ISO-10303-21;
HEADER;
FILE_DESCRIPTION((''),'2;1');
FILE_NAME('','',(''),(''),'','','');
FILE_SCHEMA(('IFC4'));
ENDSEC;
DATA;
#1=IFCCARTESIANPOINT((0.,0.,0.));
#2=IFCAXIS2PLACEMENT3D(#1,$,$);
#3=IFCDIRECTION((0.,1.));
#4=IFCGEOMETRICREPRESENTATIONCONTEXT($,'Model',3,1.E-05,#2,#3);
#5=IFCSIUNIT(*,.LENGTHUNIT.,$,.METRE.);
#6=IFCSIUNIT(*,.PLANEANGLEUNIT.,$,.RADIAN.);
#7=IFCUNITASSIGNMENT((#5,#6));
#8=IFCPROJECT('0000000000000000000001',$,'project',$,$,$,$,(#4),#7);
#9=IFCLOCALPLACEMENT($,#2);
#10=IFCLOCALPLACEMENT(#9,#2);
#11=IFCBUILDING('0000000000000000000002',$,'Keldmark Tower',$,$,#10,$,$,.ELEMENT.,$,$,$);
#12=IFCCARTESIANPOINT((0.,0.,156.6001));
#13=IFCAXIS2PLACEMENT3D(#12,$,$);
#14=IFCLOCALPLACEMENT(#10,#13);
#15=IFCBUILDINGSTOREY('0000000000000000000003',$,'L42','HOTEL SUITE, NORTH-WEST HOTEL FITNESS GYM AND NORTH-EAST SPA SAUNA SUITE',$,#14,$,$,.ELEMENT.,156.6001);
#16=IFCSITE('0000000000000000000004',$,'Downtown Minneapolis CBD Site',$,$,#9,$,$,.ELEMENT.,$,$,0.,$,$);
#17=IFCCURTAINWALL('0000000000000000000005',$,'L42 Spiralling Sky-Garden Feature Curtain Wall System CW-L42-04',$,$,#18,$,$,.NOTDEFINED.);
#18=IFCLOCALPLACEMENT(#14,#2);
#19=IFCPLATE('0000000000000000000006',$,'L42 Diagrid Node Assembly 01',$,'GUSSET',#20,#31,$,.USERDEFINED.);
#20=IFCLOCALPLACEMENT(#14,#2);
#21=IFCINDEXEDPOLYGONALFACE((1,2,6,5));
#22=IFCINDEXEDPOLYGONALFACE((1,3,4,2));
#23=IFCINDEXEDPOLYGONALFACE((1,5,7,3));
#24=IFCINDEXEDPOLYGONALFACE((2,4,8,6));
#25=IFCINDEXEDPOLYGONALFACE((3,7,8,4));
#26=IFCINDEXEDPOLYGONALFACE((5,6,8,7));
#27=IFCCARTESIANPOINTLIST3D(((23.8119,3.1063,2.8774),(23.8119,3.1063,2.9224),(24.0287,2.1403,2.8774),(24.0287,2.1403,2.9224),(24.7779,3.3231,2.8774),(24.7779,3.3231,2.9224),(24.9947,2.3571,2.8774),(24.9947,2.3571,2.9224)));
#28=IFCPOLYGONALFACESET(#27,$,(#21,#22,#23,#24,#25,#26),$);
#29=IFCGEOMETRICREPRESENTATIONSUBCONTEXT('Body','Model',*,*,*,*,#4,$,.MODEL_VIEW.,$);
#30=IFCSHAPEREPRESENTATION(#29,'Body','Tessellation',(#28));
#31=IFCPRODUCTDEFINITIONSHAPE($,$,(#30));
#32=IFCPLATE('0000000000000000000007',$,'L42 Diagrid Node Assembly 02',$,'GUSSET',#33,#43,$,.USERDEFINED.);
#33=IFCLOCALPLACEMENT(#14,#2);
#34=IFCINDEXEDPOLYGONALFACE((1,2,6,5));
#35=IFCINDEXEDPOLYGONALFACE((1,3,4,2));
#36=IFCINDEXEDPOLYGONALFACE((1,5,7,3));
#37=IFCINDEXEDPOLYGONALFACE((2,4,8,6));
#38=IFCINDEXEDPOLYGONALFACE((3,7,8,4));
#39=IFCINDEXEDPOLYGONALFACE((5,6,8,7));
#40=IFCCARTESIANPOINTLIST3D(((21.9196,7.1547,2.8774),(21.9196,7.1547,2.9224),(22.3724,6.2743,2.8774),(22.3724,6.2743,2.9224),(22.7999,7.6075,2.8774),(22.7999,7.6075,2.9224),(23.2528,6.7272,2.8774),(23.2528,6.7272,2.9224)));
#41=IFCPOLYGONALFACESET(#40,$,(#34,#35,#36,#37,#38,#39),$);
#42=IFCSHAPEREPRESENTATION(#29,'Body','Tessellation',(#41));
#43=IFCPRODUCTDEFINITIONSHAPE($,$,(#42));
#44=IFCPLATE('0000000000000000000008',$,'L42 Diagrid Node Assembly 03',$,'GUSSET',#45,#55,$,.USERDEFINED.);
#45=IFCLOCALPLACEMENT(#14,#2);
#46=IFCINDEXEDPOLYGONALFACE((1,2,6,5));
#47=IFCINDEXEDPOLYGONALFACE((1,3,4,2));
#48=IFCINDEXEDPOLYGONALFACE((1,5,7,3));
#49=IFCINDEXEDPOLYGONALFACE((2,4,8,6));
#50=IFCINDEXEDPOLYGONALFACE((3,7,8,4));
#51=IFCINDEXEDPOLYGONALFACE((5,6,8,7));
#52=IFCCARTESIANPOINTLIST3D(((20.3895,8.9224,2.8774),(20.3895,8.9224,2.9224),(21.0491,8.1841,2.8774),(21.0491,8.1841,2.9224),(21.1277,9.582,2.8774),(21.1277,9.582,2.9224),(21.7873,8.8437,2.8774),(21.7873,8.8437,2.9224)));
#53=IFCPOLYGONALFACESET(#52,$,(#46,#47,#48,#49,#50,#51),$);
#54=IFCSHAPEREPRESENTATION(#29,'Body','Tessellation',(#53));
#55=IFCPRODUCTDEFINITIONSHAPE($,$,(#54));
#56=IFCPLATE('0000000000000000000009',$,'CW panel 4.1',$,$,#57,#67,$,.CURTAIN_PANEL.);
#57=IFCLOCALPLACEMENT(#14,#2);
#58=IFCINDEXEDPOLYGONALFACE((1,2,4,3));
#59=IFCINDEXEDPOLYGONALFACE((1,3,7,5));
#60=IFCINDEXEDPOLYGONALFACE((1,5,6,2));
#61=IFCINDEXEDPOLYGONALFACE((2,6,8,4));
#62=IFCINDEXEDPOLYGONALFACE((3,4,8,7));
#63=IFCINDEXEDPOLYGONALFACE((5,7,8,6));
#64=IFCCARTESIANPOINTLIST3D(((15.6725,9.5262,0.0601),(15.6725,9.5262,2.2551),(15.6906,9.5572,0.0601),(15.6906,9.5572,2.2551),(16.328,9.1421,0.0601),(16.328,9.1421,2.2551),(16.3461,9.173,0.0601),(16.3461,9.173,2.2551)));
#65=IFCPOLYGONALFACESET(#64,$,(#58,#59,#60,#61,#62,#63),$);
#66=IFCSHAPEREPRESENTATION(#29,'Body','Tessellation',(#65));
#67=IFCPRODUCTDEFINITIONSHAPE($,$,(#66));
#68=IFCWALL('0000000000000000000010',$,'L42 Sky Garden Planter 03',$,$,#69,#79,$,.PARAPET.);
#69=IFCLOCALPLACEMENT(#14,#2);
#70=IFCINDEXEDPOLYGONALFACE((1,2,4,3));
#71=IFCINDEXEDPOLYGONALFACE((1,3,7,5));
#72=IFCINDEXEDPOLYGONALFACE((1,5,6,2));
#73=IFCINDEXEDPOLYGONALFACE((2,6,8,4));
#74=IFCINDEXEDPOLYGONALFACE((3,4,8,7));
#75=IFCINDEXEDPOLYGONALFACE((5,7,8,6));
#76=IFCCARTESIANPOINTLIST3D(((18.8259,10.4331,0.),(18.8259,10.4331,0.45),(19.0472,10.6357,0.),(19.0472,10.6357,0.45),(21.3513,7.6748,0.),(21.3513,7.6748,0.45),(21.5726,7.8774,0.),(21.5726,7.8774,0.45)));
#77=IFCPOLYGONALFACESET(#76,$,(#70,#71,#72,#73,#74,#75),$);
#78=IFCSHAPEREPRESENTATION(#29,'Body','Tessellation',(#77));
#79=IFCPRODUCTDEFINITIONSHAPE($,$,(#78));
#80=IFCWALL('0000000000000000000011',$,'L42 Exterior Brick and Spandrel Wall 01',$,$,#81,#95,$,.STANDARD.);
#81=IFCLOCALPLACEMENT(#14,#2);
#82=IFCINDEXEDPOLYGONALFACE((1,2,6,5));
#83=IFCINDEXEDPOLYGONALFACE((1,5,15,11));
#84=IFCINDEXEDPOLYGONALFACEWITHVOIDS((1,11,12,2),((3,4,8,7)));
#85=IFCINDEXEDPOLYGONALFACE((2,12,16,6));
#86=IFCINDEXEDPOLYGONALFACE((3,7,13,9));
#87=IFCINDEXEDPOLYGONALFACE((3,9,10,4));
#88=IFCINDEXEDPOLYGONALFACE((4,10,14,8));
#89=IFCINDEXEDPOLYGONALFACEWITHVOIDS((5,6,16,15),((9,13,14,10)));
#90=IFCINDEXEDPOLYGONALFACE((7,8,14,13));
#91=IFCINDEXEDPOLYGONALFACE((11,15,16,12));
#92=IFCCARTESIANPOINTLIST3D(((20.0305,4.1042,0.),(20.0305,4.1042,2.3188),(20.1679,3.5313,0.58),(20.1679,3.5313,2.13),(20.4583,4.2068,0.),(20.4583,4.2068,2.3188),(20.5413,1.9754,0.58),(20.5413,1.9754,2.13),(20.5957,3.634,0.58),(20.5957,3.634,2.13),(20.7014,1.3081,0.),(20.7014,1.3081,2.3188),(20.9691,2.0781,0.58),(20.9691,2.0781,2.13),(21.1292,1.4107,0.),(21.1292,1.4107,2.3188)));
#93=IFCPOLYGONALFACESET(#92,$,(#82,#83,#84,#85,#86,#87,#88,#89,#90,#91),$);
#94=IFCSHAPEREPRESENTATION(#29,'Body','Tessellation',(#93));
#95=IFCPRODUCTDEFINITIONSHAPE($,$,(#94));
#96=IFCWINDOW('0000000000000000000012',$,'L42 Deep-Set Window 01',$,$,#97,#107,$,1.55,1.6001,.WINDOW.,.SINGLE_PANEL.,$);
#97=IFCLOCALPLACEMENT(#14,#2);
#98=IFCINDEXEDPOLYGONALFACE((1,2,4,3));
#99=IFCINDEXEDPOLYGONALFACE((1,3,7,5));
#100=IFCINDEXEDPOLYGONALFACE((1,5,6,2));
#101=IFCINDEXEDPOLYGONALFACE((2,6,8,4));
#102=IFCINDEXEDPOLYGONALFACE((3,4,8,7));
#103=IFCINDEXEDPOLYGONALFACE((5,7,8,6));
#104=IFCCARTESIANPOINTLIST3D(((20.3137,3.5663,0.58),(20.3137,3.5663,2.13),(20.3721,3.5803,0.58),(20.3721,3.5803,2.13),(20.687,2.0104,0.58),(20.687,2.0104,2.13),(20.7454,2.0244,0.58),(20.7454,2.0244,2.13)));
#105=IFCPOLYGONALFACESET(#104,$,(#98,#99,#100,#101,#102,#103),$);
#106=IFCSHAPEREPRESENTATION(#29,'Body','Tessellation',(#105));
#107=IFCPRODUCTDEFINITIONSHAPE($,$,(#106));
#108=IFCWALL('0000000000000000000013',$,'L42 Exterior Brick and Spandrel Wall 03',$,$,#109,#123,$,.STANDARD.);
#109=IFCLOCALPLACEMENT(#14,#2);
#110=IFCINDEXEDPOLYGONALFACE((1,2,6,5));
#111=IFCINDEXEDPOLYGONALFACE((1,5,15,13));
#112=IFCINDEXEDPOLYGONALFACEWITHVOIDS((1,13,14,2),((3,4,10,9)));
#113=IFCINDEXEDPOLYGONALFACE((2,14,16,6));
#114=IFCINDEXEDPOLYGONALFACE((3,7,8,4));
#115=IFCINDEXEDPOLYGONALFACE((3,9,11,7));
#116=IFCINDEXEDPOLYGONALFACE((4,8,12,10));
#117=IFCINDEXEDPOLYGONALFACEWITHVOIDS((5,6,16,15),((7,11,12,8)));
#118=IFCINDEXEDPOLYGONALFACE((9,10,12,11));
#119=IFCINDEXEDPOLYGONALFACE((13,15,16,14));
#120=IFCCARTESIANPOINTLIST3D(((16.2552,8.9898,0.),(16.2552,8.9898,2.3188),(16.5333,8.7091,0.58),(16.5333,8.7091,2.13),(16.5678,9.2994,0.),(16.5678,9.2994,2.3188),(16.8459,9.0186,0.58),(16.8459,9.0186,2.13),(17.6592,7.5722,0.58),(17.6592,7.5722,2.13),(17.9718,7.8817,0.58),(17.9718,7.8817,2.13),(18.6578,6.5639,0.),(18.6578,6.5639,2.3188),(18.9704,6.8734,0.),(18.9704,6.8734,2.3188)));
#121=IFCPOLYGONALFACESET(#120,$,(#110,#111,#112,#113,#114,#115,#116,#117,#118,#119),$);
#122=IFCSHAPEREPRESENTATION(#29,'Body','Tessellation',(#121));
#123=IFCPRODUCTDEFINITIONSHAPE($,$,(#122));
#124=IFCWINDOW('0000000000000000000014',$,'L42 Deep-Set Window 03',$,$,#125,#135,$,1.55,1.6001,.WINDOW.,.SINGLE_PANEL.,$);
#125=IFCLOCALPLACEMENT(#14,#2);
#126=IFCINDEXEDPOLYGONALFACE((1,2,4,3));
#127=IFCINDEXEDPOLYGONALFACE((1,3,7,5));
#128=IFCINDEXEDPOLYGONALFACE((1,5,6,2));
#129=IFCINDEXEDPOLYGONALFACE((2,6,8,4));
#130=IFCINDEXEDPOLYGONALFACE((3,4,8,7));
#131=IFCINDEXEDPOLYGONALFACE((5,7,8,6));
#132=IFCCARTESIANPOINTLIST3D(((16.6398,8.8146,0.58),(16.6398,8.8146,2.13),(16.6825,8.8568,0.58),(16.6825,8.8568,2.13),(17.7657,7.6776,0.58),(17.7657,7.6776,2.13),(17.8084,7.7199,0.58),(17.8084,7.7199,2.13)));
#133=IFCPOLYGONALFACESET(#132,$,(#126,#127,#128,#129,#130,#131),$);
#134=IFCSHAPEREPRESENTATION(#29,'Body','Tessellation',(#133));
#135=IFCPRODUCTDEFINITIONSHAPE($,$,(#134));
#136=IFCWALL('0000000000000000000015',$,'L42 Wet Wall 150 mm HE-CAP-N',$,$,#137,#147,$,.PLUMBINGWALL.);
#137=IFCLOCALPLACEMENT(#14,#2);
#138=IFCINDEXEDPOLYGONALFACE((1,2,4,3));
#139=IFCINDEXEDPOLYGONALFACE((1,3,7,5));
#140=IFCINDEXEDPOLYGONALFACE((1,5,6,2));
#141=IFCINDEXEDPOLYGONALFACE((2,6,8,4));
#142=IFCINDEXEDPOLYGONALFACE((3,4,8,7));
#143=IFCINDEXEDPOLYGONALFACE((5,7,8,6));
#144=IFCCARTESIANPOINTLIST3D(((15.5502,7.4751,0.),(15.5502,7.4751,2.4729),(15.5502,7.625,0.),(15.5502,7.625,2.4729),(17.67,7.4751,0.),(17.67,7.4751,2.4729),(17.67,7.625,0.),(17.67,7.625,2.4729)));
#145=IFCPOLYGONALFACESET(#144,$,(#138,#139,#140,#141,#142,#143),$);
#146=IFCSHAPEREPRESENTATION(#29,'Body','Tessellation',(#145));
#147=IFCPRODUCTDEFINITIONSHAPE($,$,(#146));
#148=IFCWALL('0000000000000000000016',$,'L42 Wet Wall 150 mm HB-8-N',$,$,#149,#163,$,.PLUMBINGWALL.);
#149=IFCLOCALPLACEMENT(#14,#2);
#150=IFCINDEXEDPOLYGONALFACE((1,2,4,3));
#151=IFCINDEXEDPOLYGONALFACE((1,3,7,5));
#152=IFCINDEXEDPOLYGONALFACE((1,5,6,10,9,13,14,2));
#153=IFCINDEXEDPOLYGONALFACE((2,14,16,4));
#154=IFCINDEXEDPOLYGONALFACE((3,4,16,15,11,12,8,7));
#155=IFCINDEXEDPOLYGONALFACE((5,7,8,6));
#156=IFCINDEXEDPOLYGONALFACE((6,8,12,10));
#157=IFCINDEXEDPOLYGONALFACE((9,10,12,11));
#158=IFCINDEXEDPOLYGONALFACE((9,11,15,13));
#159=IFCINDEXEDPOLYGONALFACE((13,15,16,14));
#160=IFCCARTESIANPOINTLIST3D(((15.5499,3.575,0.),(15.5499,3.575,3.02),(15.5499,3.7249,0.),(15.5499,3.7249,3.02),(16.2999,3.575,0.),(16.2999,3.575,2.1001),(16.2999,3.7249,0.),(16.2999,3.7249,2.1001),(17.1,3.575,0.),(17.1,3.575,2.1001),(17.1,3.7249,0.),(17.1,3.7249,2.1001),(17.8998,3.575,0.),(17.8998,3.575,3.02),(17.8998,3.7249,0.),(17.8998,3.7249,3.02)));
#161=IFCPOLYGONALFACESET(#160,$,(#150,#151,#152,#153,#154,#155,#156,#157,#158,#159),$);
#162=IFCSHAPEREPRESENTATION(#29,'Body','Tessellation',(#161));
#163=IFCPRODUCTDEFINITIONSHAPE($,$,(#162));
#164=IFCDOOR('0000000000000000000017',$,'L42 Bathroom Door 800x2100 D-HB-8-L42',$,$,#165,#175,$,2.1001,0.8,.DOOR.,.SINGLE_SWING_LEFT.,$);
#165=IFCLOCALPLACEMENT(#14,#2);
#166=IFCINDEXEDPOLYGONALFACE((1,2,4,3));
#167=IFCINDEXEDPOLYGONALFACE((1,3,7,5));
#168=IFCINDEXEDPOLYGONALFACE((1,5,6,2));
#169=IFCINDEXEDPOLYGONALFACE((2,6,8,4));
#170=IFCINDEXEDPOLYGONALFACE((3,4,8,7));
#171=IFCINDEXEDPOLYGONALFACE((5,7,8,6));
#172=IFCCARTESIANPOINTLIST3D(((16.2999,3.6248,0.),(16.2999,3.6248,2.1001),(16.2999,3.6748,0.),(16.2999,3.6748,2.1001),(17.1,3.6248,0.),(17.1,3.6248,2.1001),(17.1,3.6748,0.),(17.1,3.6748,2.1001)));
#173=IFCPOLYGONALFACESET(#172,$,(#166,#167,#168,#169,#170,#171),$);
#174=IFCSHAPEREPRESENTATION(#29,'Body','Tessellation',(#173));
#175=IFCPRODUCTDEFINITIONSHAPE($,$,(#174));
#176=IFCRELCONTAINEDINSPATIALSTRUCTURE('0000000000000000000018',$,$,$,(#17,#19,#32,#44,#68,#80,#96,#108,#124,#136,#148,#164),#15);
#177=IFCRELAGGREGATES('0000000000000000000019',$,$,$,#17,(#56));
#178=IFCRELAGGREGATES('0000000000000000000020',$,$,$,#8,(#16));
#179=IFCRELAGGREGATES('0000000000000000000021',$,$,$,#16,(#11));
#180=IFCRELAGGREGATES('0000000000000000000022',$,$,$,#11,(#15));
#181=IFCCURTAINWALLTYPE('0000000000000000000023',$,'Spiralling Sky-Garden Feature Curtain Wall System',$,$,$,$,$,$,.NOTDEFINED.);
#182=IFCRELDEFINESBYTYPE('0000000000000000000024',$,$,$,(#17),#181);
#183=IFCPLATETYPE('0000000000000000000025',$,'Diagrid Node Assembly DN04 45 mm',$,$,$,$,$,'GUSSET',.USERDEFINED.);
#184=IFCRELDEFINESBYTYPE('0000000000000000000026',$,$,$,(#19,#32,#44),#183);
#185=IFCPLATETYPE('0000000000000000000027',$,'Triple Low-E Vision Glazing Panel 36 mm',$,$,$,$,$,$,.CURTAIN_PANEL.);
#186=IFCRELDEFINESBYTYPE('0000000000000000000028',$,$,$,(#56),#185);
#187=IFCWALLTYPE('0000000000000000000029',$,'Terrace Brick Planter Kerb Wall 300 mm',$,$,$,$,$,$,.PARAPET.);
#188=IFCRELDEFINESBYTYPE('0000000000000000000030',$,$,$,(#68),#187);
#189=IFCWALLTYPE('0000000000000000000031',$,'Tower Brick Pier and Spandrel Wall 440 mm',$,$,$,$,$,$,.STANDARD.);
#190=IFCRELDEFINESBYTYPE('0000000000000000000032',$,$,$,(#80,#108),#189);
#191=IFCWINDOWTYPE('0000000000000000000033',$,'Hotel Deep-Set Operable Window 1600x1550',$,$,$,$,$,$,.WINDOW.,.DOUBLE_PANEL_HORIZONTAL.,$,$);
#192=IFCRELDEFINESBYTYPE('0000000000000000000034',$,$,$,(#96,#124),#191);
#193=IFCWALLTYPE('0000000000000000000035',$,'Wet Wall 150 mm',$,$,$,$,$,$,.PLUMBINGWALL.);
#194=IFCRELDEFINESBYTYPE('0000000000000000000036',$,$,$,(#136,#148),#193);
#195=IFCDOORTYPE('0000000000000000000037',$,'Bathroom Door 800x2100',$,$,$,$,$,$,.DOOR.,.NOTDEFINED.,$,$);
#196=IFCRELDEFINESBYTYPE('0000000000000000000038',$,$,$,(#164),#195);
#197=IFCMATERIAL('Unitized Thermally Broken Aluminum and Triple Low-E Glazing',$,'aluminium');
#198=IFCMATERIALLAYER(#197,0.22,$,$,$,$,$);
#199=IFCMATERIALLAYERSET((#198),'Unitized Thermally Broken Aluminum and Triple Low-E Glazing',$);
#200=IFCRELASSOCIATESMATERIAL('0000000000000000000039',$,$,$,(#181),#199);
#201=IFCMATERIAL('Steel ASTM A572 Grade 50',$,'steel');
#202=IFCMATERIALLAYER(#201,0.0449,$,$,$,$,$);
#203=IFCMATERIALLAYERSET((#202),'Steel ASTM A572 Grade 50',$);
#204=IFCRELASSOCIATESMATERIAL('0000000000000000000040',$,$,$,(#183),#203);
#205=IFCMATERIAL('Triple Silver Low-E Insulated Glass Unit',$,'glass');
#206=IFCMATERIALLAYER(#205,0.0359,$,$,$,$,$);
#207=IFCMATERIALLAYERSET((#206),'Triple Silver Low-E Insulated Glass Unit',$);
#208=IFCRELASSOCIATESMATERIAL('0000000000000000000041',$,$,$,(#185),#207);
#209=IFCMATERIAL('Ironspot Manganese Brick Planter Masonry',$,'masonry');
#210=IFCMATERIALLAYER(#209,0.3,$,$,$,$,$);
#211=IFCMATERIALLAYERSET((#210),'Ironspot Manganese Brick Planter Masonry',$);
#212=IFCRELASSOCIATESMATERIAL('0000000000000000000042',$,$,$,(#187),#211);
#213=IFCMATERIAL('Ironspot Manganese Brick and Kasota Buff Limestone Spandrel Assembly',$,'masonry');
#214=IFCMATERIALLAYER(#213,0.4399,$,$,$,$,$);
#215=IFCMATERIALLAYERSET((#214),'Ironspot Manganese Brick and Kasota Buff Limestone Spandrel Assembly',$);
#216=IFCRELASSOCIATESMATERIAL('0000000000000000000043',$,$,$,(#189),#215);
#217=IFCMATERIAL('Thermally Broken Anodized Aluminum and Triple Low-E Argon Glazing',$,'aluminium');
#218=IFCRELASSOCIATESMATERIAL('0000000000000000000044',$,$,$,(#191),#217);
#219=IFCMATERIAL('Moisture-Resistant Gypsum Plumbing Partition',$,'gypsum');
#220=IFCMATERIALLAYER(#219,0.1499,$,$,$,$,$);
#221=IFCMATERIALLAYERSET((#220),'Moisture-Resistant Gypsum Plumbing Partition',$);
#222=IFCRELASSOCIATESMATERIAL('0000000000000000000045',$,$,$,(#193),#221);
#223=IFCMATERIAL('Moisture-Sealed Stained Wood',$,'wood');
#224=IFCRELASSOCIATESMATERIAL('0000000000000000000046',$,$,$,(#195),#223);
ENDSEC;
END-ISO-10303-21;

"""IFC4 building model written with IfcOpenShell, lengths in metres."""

from ifc_helpers import new_model, si_unit, direction, frame, frame_2d, origin, origin_2d, place, context, subcontext, project, spatial, rectangle, extrude, material, layer, layer_set, type_object, element, fill, aggregate, save


model = new_model("IFC4")

# Units and contexts
model_context = context("Model", 3, precision=1e-05, world=origin(), true_north=direction((0.0, 1.0)))
body_context = subcontext(model_context, "Body", "Model", "MODEL_VIEW")
ifc_project = project(units=[si_unit("LENGTHUNIT", "METRE"), si_unit("PLANEANGLEUNIT", "RADIAN")], contexts=[model_context])

# Site, building, storey
site_placement = place(None, origin())
site = spatial("IfcSite", under=ifc_project, at=site_placement, Name="Downtown Minneapolis CBD Site", CompositionType="ELEMENT", RefElevation=0.0)
building_placement = place(site_placement, origin())
building = spatial("IfcBuilding", under=site, at=building_placement, Name="Keldmark Tower", CompositionType="ELEMENT")
storey_placement = place(building_placement, frame((0.0, 0.0, 156.6001)))
storey = spatial("IfcBuildingStorey", under=building, at=storey_placement, Name="L42", Description="HOTEL SUITE, NORTH-WEST HOTEL FITNESS GYM AND NORTH-EAST SPA SAUNA SUITE", CompositionType="ELEMENT", Elevation=156.6001)

# Curtain wall
ifc_material_1 = material(Name="Unitized Thermally Broken Aluminum and Triple Low-E Glazing", Category="aluminium")
ifc_layer_1 = layer(ifc_material_1, 0.22)
ifc_layer_set_1 = layer_set([ifc_layer_1], Name="Unitized Thermally Broken Aluminum and Triple Low-E Glazing")
curtain_wall_type = type_object("IfcCurtainWallType", Name="Spiralling Sky-Garden Feature Curtain Wall System", PredefinedType="NOTDEFINED", material=ifc_layer_set_1)
curtain_wall_placement = place(storey_placement, origin())
curtain_wall = element("IfcCurtainWall", 1, at=curtain_wall_placement, inside=storey, type_object=curtain_wall_type, Name="L42 Spiralling Sky-Garden Feature Curtain Wall System CW-L42-04", PredefinedType="NOTDEFINED")

# Plates
ifc_material_2 = material(Name="Steel ASTM A572 Grade 50", Category="steel")
ifc_layer_2 = layer(ifc_material_2, 0.0449)
ifc_layer_set_2 = layer_set([ifc_layer_2], Name="Steel ASTM A572 Grade 50")
plate_type_1 = type_object("IfcPlateType", Name="Diagrid Node Assembly DN04 45 mm", ElementType="GUSSET", PredefinedType="USERDEFINED", material=ifc_layer_set_2)
for number, where, z_axis, x_axis, name in (
    (2, (24.4033, 2.7317, 2.8774), (0.0, 0.0, 1.0), (-0.218995, 0.975726, 0.0), "L42 Diagrid Node Assembly 01"),
    (3, (22.5862, 6.9409, 2.8774), (0.0, 0.0, 1.0), (-0.457408, 0.889257, 0.0), "L42 Diagrid Node Assembly 02"),
    (4, (21.0884, 8.8831, 2.8774), (0.0, 0.0, 1.0), (-0.666272, 0.745709, 0.0), "L42 Diagrid Node Assembly 03"),
):
    element("IfcPlate", number, at=place(storey_placement, frame(where, z_axis=z_axis, x_axis=x_axis)), inside=storey, type_object=plate_type_1, Name=name, ObjectType="GUSSET", PredefinedType="USERDEFINED", context=body_context, shape_type="SweptSolid", body=[
        extrude(rectangle(XDim=0.99, YDim=0.99, at=origin_2d()), origin(), (0.0, 0.0, 1.0), 0.0449),
    ])

# Plate
ifc_material_3 = material(Name="Triple Silver Low-E Insulated Glass Unit", Category="glass")
ifc_layer_3 = layer(ifc_material_3, 0.0359)
ifc_layer_set_3 = layer_set([ifc_layer_3], Name="Triple Silver Low-E Insulated Glass Unit")
plate_type_2 = type_object("IfcPlateType", Name="Triple Low-E Vision Glazing Panel 36 mm", PredefinedType="CURTAIN_PANEL", material=ifc_layer_set_3)
plate_placement = place(storey_placement, frame((16.0093, 9.3496, 0.0601), z_axis=(0.0, 0.0, 1.0), x_axis=(0.862763, -0.505608, 0.0)))
plate = element("IfcPlate", 5, at=plate_placement, type_object=plate_type_2, Name="CW panel 4.1", PredefinedType="CURTAIN_PANEL", context=body_context, shape_type="SweptSolid", body=[
    extrude(rectangle(XDim=0.7598, YDim=0.0359, at=origin_2d()), origin(), (0.0, 0.0, 1.0), 2.1951),
])
aggregate(curtain_wall, [plate])

# Wall
ifc_material_4 = material(Name="Ironspot Manganese Brick Planter Masonry", Category="masonry")
ifc_layer_4 = layer(ifc_material_4, 0.3)
ifc_layer_set_4 = layer_set([ifc_layer_4], Name="Ironspot Manganese Brick Planter Masonry")
wall_type_1 = type_object("IfcWallType", Name="Terrace Brick Planter Kerb Wall 300 mm", PredefinedType="PARAPET", material=ifc_layer_set_4)
wall_1_placement = place(storey_placement, frame((21.4619, 7.7761, 0.0), z_axis=(0.0, 0.0, 1.0), x_axis=(-0.675281, 0.73756, 0.0)))
element("IfcWall", 6, at=wall_1_placement, inside=storey, type_object=wall_type_1, Name="L42 Sky Garden Planter 03", PredefinedType="PARAPET", context=body_context, shape_type="SweptSolid", body=[
    extrude(rectangle(XDim=3.7397, YDim=0.3, at=frame_2d((1.8699, 0.0))), origin(), (0.0, 0.0, 1.0), 0.45),
])

# Wall, opening, window
ifc_material_5 = material(Name="Ironspot Manganese Brick and Kasota Buff Limestone Spandrel Assembly", Category="masonry")
ifc_layer_5 = layer(ifc_material_5, 0.4399)
ifc_layer_set_5 = layer_set([ifc_layer_5], Name="Ironspot Manganese Brick and Kasota Buff Limestone Spandrel Assembly")
wall_type_2 = type_object("IfcWallType", Name="Tower Brick Pier and Spandrel Wall 440 mm", PredefinedType="STANDARD", material=ifc_layer_set_5)
wall_2_placement = place(storey_placement, frame((20.2444, 4.1555, 0.0), z_axis=(0.0, 0.0, 1.0), x_axis=(0.233315, -0.972401, 0.0)))
wall_2 = element("IfcWall", 7, at=wall_2_placement, inside=storey, type_object=wall_type_2, Name="L42 Exterior Brick and Spandrel Wall 01", PredefinedType="STANDARD", context=body_context, shape_type="SweptSolid", body=[
    extrude(rectangle(XDim=2.8755, YDim=0.4399, at=frame_2d((1.4377, 0.0))), origin(), (0.0, 0.0, 1.0), 2.3188),
])
opening_1_placement = place(wall_2_placement, frame((0.5891, 0.0, 0.5801)))
opening_1 = element("IfcOpeningElement", 8, at=opening_1_placement, cuts=wall_2, PredefinedType="OPENING", context=body_context, shape_type="SweptSolid", body=[
    extrude(rectangle(XDim=1.6001, YDim=1.55, at=frame_2d((0.8, 0.7749))), frame((0.0, 0.23, 0.0), z_axis=(0.0, -1.0, 0.0), x_axis=(1.0, 0.0, 0.0)), (0.0, 0.0, 1.0), 0.46),
])
ifc_material_6 = material(Name="Thermally Broken Anodized Aluminum and Triple Low-E Argon Glazing", Category="aluminium")
window_type = type_object("IfcWindowType", Name="Hotel Deep-Set Operable Window 1600x1550", PartitioningType="DOUBLE_PANEL_HORIZONTAL", PredefinedType="WINDOW", material=ifc_material_6)
window_1_placement = place(opening_1_placement, origin())
window_1 = element("IfcWindow", 9, at=window_1_placement, inside=storey, type_object=window_type, Name="L42 Deep-Set Window 01", OverallHeight=1.55, OverallWidth=1.6001, PartitioningType="SINGLE_PANEL", PredefinedType="WINDOW", context=body_context, shape_type="SweptSolid", body=[
    extrude(rectangle(XDim=1.6001, YDim=1.55, at=frame_2d((0.8, 0.7749))), frame((0.0, -0.01, 0.0), z_axis=(0.0, -1.0, 0.0), x_axis=(1.0, 0.0, 0.0)), (0.0, 0.0, 1.0), 0.0601),
])
fill(opening_1, window_1)

# Wall, opening, window
wall_3_placement = place(storey_placement, frame((16.4116, 9.1445, 0.0), z_axis=(0.0, 0.0, 1.0), x_axis=(0.703666, -0.710531, 0.0)))
wall_3 = element("IfcWall", 10, at=wall_3_placement, inside=storey, type_object=wall_type_2, Name="L42 Exterior Brick and Spandrel Wall 03", PredefinedType="STANDARD", context=body_context, shape_type="SweptSolid", body=[
    extrude(rectangle(XDim=3.4143, YDim=0.4399, at=frame_2d((1.707, 0.0))), origin(), (0.0, 0.0, 1.0), 2.3188),
])
opening_2_placement = place(wall_3_placement, frame((0.395, 0.0, 0.5801)))
opening_2 = element("IfcOpeningElement", 11, at=opening_2_placement, cuts=wall_3, PredefinedType="OPENING", context=body_context, shape_type="SweptSolid", body=[
    extrude(rectangle(XDim=1.6001, YDim=1.55, at=frame_2d((0.8, 0.7749))), frame((0.0, 0.23, 0.0), z_axis=(0.0, -1.0, 0.0), x_axis=(1.0, 0.0, 0.0)), (0.0, 0.0, 1.0), 0.46),
])
window_2_placement = place(opening_2_placement, origin())
window_2 = element("IfcWindow", 12, at=window_2_placement, inside=storey, type_object=window_type, Name="L42 Deep-Set Window 03", OverallHeight=1.55, OverallWidth=1.6001, PartitioningType="SINGLE_PANEL", PredefinedType="WINDOW", context=body_context, shape_type="SweptSolid", body=[
    extrude(rectangle(XDim=1.6001, YDim=1.55, at=frame_2d((0.8, 0.7749))), frame((0.0, -0.01, 0.0), z_axis=(0.0, -1.0, 0.0), x_axis=(1.0, 0.0, 0.0)), (0.0, 0.0, 1.0), 0.0601),
])
fill(opening_2, window_2)

# Wall
ifc_material_7 = material(Name="Moisture-Resistant Gypsum Plumbing Partition", Category="gypsum")
ifc_layer_6 = layer(ifc_material_7, 0.1499)
ifc_layer_set_6 = layer_set([ifc_layer_6], Name="Moisture-Resistant Gypsum Plumbing Partition")
wall_type_3 = type_object("IfcWallType", Name="Wet Wall 150 mm", PredefinedType="PLUMBINGWALL", material=ifc_layer_set_6)
wall_4_placement = place(storey_placement, frame((15.55, 7.55, 0.0), z_axis=(0.0, 0.0, 1.0), x_axis=(1.0, 0.0, 0.0)))
element("IfcWall", 13, at=wall_4_placement, inside=storey, type_object=wall_type_3, Name="L42 Wet Wall 150 mm HE-CAP-N", PredefinedType="PLUMBINGWALL", context=body_context, shape_type="SweptSolid", body=[
    extrude(rectangle(XDim=2.1199, YDim=0.1499, at=frame_2d((1.0601, 0.0))), origin(), (0.0, 0.0, 1.0), 2.4729),
])

# Wall, opening, door
wall_5_placement = place(storey_placement, frame((15.55, 3.6499, 0.0), z_axis=(0.0, 0.0, 1.0), x_axis=(1.0, 0.0, 0.0)))
wall_5 = element("IfcWall", 14, at=wall_5_placement, inside=storey, type_object=wall_type_3, Name="L42 Wet Wall 150 mm HB-8-N", PredefinedType="PLUMBINGWALL", context=body_context, shape_type="SweptSolid", body=[
    extrude(rectangle(XDim=2.3499, YDim=0.1499, at=frame_2d((1.1748, 0.0))), origin(), (0.0, 0.0, 1.0), 3.02),
])
opening_3_placement = place(wall_5_placement, frame((0.75, 0.0, 0.0)))
opening_3 = element("IfcOpeningElement", 15, at=opening_3_placement, cuts=wall_5, PredefinedType="OPENING", context=body_context, shape_type="SweptSolid", body=[
    extrude(rectangle(XDim=0.8, YDim=2.1001, at=frame_2d((0.3999, 1.05))), frame((0.0, 0.085, 0.0), z_axis=(0.0, -1.0, 0.0), x_axis=(1.0, 0.0, 0.0)), (0.0, 0.0, 1.0), 0.1699),
])
ifc_material_8 = material(Name="Moisture-Sealed Stained Wood", Category="wood")
door_type_1 = type_object("IfcDoorType", Name="Bathroom Door 800x2100", OperationType="NOTDEFINED", PredefinedType="DOOR", material=ifc_material_8)
door_1_placement = place(opening_3_placement, origin())
door_1 = element("IfcDoor", 16, at=door_1_placement, inside=storey, type_object=door_type_1, Name="L42 Bathroom Door 800x2100 D-HB-8-L42", OperationType="SINGLE_SWING_LEFT", OverallHeight=2.1001, OverallWidth=0.8, PredefinedType="DOOR", context=body_context, shape_type="SweptSolid", body=[
    extrude(rectangle(XDim=0.8, YDim=2.1001, at=frame_2d((0.3999, 1.05))), frame((0.0, 0.0249, 0.0), z_axis=(0.0, -1.0, 0.0), x_axis=(1.0, 0.0, 0.0)), (0.0, 0.0, 1.0), 0.05),
])
fill(opening_3, door_1)

save(model, "model.ifc")
